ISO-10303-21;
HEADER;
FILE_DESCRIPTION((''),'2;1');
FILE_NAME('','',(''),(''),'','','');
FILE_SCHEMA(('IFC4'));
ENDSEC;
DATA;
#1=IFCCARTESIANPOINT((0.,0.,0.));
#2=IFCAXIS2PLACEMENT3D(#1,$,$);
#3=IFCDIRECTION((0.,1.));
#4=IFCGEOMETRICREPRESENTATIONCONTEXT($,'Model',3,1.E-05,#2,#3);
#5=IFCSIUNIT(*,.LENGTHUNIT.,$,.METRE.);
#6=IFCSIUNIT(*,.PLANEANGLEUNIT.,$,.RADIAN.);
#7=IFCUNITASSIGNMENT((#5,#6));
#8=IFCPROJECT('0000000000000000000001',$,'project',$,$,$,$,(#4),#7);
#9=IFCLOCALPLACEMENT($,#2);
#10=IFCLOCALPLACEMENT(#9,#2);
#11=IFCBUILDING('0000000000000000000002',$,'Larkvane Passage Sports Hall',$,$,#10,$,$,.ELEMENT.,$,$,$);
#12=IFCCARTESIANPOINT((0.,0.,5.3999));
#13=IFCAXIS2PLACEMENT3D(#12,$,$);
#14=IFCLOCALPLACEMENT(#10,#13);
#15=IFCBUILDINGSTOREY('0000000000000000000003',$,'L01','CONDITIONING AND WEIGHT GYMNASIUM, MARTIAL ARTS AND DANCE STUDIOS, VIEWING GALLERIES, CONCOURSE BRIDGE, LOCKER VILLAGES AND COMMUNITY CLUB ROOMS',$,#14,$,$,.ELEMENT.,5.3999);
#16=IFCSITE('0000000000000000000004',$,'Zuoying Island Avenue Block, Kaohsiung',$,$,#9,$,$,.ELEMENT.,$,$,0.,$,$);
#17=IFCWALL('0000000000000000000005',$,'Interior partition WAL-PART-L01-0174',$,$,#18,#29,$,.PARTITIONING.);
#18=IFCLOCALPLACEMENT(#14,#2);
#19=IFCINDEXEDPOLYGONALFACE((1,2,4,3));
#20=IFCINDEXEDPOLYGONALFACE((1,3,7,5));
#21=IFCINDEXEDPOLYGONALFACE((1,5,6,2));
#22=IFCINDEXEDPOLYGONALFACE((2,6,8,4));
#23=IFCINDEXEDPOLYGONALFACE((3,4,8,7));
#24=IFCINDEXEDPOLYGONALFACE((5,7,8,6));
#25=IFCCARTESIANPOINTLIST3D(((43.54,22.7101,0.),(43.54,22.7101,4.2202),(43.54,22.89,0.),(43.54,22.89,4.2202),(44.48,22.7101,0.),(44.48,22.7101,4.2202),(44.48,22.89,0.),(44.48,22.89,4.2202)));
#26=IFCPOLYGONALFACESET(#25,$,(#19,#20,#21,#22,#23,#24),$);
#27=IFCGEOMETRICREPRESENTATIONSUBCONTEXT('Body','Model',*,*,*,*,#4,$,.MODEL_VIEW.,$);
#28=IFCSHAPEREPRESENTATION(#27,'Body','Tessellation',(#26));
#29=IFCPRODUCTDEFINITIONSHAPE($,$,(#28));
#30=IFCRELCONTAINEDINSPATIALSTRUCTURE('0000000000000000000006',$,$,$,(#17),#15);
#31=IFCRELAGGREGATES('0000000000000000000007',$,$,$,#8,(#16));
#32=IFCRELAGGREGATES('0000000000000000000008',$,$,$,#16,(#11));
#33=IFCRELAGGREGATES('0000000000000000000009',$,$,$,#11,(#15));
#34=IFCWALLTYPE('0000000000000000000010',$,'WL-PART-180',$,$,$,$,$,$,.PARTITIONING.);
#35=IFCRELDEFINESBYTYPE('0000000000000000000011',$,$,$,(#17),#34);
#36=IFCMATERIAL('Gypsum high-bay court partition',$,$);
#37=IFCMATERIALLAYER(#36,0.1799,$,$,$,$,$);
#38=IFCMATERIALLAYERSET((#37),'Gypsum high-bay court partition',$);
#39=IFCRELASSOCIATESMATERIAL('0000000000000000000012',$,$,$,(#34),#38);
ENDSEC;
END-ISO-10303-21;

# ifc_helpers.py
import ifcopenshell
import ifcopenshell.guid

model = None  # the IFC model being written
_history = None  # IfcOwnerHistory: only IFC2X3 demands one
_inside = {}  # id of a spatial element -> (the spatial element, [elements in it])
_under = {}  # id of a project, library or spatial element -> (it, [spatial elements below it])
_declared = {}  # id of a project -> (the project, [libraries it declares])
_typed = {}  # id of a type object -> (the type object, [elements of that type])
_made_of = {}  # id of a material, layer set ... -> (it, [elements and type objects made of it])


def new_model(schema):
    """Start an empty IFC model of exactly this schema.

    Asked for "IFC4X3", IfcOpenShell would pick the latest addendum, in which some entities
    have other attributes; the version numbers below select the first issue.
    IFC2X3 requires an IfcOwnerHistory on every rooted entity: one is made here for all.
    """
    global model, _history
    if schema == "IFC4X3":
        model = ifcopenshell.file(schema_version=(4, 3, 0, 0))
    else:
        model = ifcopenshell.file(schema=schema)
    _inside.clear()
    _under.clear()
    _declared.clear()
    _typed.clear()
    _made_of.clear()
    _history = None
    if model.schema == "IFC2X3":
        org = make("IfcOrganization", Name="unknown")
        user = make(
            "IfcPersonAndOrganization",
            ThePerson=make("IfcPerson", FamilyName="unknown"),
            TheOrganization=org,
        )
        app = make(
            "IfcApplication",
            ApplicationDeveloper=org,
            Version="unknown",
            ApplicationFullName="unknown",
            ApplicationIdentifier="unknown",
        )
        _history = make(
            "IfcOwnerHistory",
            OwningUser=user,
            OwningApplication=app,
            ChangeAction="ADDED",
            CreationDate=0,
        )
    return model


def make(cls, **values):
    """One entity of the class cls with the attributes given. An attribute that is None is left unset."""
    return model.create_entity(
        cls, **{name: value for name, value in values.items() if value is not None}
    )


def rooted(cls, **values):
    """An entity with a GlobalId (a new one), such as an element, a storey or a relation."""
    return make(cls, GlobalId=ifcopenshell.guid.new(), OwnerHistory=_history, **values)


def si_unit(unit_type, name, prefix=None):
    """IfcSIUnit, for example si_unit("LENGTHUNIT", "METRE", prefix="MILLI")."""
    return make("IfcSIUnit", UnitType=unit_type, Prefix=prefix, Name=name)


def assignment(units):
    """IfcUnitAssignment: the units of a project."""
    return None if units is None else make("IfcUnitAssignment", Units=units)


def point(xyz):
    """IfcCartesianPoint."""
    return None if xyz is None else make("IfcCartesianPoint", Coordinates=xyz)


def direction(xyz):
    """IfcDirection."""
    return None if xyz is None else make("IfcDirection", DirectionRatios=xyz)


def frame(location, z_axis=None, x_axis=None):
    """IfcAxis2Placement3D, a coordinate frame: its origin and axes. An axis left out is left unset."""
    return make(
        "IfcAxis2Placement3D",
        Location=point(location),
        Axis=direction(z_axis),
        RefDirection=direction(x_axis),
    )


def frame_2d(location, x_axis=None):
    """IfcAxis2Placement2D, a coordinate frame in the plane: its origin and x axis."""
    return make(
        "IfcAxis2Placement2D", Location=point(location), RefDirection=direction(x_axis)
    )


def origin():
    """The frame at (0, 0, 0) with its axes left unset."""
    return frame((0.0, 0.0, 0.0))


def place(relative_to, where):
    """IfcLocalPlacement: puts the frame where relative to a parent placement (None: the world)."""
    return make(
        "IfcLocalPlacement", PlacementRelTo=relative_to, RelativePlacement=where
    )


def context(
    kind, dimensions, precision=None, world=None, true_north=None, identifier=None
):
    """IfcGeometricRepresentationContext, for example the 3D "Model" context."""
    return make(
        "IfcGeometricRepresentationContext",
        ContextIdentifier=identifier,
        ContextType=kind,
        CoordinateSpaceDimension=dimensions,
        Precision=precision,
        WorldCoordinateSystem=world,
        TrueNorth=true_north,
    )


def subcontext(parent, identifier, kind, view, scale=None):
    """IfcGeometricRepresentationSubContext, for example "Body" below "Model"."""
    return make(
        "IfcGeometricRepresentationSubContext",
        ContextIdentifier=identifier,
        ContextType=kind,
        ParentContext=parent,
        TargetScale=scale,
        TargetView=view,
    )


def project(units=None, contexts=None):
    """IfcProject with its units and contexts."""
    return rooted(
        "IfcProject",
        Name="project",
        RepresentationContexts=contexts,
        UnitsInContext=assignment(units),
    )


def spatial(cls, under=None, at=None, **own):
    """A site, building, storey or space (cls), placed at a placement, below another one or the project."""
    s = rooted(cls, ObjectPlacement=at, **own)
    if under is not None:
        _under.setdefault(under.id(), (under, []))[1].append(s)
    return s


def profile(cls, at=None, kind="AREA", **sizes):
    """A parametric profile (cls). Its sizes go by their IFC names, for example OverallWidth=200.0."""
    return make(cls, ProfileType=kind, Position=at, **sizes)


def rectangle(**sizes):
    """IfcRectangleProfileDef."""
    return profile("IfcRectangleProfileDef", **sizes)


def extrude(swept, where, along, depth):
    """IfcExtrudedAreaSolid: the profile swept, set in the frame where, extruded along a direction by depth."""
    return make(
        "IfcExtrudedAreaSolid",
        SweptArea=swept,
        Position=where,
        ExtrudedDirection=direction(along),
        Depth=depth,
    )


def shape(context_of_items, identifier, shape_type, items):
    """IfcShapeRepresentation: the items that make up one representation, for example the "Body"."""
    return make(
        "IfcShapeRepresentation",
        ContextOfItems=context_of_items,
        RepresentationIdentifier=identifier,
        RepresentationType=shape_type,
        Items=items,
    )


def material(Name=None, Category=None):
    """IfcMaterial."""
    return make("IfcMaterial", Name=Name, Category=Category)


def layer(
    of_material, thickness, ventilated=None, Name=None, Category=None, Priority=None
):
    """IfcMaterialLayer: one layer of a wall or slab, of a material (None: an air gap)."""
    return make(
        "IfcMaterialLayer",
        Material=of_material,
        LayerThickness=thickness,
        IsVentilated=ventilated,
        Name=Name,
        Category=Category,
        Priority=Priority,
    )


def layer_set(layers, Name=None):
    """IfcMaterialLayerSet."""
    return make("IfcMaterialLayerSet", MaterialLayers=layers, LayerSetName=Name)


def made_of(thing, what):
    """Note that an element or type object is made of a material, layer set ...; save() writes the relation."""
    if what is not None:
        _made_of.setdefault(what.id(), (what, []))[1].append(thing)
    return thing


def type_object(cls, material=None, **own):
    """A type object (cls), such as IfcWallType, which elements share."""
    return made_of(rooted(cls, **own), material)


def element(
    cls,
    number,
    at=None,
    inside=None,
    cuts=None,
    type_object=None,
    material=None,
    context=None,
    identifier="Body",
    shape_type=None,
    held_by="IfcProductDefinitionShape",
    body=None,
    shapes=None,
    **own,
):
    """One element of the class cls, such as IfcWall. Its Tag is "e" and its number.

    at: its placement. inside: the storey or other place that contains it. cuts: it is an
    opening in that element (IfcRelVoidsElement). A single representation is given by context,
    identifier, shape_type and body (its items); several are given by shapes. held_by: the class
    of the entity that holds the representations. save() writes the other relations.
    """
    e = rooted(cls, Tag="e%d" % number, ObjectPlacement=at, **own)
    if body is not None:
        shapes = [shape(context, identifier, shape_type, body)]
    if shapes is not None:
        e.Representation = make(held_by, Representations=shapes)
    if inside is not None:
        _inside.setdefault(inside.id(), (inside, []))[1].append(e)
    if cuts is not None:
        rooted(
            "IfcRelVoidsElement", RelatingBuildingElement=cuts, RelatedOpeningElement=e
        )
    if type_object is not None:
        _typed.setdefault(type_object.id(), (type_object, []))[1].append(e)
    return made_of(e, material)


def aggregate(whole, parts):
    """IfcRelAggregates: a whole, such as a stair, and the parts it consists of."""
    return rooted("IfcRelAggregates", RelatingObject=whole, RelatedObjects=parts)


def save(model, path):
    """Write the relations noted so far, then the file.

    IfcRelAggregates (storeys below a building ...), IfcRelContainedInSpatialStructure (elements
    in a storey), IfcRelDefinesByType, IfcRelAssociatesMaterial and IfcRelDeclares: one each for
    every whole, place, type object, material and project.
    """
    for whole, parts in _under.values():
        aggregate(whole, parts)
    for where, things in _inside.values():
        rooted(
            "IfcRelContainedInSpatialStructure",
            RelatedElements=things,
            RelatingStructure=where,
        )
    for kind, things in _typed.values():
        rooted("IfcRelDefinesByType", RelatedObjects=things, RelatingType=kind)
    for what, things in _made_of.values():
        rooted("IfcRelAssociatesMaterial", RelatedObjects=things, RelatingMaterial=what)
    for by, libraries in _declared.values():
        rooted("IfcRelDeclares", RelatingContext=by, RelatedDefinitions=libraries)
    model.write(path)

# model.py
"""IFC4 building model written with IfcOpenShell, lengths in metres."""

from ifc_helpers import new_model, si_unit, direction, frame, frame_2d, origin, place, context, subcontext, project, spatial, rectangle, extrude, material, layer, layer_set, type_object, element, save


model = new_model("IFC4")

# Units and contexts
model_context = context("Model", 3, precision=1e-05, world=origin(), true_north=direction((0.0, 1.0)))
body_context = subcontext(model_context, "Body", "Model", "MODEL_VIEW")
ifc_project = project(units=[si_unit("LENGTHUNIT", "METRE"), si_unit("PLANEANGLEUNIT", "RADIAN")], contexts=[model_context])

# Site, building, storey
site_placement = place(None, origin())
site = spatial("IfcSite", under=ifc_project, at=site_placement, Name="Zuoying Island Avenue Block, Kaohsiung", CompositionType="ELEMENT", RefElevation=0.0)
building_placement = place(site_placement, origin())
building = spatial("IfcBuilding", under=site, at=building_placement, Name="Larkvane Passage Sports Hall", CompositionType="ELEMENT")
storey_placement = place(building_placement, frame((0.0, 0.0, 5.3999)))
storey = spatial("IfcBuildingStorey", under=building, at=storey_placement, Name="L01", Description="CONDITIONING AND WEIGHT GYMNASIUM, MARTIAL ARTS AND DANCE STUDIOS, VIEWING GALLERIES, CONCOURSE BRIDGE, LOCKER VILLAGES AND COMMUNITY CLUB ROOMS", CompositionType="ELEMENT", Elevation=5.3999)

# Wall
ifc_material_1 = material(Name="Gypsum high-bay court partition")
ifc_layer_1 = layer(ifc_material_1, 0.1799)
ifc_layer_set_1 = layer_set([ifc_layer_1], Name="Gypsum high-bay court partition")
wall_type = type_object("IfcWallType", Name="WL-PART-180", PredefinedType="PARTITIONING", material=ifc_layer_set_1)
wall_placement = place(storey_placement, frame((43.54, 22.8, 0.0), z_axis=(0.0, 0.0, 1.0), x_axis=(1.0, 0.0, 0.0)))
element("IfcWall", 1, at=wall_placement, inside=storey, type_object=wall_type, Name="Interior partition WAL-PART-L01-0174", PredefinedType="PARTITIONING", context=body_context, shape_type="SweptSolid", body=[
    extrude(rectangle(XDim=0.9399, YDim=0.1799, at=frame_2d((0.47, 0.0))), origin(), (0.0, 0.0, 1.0), 4.2202),
])

save(model, "model.ifc")
